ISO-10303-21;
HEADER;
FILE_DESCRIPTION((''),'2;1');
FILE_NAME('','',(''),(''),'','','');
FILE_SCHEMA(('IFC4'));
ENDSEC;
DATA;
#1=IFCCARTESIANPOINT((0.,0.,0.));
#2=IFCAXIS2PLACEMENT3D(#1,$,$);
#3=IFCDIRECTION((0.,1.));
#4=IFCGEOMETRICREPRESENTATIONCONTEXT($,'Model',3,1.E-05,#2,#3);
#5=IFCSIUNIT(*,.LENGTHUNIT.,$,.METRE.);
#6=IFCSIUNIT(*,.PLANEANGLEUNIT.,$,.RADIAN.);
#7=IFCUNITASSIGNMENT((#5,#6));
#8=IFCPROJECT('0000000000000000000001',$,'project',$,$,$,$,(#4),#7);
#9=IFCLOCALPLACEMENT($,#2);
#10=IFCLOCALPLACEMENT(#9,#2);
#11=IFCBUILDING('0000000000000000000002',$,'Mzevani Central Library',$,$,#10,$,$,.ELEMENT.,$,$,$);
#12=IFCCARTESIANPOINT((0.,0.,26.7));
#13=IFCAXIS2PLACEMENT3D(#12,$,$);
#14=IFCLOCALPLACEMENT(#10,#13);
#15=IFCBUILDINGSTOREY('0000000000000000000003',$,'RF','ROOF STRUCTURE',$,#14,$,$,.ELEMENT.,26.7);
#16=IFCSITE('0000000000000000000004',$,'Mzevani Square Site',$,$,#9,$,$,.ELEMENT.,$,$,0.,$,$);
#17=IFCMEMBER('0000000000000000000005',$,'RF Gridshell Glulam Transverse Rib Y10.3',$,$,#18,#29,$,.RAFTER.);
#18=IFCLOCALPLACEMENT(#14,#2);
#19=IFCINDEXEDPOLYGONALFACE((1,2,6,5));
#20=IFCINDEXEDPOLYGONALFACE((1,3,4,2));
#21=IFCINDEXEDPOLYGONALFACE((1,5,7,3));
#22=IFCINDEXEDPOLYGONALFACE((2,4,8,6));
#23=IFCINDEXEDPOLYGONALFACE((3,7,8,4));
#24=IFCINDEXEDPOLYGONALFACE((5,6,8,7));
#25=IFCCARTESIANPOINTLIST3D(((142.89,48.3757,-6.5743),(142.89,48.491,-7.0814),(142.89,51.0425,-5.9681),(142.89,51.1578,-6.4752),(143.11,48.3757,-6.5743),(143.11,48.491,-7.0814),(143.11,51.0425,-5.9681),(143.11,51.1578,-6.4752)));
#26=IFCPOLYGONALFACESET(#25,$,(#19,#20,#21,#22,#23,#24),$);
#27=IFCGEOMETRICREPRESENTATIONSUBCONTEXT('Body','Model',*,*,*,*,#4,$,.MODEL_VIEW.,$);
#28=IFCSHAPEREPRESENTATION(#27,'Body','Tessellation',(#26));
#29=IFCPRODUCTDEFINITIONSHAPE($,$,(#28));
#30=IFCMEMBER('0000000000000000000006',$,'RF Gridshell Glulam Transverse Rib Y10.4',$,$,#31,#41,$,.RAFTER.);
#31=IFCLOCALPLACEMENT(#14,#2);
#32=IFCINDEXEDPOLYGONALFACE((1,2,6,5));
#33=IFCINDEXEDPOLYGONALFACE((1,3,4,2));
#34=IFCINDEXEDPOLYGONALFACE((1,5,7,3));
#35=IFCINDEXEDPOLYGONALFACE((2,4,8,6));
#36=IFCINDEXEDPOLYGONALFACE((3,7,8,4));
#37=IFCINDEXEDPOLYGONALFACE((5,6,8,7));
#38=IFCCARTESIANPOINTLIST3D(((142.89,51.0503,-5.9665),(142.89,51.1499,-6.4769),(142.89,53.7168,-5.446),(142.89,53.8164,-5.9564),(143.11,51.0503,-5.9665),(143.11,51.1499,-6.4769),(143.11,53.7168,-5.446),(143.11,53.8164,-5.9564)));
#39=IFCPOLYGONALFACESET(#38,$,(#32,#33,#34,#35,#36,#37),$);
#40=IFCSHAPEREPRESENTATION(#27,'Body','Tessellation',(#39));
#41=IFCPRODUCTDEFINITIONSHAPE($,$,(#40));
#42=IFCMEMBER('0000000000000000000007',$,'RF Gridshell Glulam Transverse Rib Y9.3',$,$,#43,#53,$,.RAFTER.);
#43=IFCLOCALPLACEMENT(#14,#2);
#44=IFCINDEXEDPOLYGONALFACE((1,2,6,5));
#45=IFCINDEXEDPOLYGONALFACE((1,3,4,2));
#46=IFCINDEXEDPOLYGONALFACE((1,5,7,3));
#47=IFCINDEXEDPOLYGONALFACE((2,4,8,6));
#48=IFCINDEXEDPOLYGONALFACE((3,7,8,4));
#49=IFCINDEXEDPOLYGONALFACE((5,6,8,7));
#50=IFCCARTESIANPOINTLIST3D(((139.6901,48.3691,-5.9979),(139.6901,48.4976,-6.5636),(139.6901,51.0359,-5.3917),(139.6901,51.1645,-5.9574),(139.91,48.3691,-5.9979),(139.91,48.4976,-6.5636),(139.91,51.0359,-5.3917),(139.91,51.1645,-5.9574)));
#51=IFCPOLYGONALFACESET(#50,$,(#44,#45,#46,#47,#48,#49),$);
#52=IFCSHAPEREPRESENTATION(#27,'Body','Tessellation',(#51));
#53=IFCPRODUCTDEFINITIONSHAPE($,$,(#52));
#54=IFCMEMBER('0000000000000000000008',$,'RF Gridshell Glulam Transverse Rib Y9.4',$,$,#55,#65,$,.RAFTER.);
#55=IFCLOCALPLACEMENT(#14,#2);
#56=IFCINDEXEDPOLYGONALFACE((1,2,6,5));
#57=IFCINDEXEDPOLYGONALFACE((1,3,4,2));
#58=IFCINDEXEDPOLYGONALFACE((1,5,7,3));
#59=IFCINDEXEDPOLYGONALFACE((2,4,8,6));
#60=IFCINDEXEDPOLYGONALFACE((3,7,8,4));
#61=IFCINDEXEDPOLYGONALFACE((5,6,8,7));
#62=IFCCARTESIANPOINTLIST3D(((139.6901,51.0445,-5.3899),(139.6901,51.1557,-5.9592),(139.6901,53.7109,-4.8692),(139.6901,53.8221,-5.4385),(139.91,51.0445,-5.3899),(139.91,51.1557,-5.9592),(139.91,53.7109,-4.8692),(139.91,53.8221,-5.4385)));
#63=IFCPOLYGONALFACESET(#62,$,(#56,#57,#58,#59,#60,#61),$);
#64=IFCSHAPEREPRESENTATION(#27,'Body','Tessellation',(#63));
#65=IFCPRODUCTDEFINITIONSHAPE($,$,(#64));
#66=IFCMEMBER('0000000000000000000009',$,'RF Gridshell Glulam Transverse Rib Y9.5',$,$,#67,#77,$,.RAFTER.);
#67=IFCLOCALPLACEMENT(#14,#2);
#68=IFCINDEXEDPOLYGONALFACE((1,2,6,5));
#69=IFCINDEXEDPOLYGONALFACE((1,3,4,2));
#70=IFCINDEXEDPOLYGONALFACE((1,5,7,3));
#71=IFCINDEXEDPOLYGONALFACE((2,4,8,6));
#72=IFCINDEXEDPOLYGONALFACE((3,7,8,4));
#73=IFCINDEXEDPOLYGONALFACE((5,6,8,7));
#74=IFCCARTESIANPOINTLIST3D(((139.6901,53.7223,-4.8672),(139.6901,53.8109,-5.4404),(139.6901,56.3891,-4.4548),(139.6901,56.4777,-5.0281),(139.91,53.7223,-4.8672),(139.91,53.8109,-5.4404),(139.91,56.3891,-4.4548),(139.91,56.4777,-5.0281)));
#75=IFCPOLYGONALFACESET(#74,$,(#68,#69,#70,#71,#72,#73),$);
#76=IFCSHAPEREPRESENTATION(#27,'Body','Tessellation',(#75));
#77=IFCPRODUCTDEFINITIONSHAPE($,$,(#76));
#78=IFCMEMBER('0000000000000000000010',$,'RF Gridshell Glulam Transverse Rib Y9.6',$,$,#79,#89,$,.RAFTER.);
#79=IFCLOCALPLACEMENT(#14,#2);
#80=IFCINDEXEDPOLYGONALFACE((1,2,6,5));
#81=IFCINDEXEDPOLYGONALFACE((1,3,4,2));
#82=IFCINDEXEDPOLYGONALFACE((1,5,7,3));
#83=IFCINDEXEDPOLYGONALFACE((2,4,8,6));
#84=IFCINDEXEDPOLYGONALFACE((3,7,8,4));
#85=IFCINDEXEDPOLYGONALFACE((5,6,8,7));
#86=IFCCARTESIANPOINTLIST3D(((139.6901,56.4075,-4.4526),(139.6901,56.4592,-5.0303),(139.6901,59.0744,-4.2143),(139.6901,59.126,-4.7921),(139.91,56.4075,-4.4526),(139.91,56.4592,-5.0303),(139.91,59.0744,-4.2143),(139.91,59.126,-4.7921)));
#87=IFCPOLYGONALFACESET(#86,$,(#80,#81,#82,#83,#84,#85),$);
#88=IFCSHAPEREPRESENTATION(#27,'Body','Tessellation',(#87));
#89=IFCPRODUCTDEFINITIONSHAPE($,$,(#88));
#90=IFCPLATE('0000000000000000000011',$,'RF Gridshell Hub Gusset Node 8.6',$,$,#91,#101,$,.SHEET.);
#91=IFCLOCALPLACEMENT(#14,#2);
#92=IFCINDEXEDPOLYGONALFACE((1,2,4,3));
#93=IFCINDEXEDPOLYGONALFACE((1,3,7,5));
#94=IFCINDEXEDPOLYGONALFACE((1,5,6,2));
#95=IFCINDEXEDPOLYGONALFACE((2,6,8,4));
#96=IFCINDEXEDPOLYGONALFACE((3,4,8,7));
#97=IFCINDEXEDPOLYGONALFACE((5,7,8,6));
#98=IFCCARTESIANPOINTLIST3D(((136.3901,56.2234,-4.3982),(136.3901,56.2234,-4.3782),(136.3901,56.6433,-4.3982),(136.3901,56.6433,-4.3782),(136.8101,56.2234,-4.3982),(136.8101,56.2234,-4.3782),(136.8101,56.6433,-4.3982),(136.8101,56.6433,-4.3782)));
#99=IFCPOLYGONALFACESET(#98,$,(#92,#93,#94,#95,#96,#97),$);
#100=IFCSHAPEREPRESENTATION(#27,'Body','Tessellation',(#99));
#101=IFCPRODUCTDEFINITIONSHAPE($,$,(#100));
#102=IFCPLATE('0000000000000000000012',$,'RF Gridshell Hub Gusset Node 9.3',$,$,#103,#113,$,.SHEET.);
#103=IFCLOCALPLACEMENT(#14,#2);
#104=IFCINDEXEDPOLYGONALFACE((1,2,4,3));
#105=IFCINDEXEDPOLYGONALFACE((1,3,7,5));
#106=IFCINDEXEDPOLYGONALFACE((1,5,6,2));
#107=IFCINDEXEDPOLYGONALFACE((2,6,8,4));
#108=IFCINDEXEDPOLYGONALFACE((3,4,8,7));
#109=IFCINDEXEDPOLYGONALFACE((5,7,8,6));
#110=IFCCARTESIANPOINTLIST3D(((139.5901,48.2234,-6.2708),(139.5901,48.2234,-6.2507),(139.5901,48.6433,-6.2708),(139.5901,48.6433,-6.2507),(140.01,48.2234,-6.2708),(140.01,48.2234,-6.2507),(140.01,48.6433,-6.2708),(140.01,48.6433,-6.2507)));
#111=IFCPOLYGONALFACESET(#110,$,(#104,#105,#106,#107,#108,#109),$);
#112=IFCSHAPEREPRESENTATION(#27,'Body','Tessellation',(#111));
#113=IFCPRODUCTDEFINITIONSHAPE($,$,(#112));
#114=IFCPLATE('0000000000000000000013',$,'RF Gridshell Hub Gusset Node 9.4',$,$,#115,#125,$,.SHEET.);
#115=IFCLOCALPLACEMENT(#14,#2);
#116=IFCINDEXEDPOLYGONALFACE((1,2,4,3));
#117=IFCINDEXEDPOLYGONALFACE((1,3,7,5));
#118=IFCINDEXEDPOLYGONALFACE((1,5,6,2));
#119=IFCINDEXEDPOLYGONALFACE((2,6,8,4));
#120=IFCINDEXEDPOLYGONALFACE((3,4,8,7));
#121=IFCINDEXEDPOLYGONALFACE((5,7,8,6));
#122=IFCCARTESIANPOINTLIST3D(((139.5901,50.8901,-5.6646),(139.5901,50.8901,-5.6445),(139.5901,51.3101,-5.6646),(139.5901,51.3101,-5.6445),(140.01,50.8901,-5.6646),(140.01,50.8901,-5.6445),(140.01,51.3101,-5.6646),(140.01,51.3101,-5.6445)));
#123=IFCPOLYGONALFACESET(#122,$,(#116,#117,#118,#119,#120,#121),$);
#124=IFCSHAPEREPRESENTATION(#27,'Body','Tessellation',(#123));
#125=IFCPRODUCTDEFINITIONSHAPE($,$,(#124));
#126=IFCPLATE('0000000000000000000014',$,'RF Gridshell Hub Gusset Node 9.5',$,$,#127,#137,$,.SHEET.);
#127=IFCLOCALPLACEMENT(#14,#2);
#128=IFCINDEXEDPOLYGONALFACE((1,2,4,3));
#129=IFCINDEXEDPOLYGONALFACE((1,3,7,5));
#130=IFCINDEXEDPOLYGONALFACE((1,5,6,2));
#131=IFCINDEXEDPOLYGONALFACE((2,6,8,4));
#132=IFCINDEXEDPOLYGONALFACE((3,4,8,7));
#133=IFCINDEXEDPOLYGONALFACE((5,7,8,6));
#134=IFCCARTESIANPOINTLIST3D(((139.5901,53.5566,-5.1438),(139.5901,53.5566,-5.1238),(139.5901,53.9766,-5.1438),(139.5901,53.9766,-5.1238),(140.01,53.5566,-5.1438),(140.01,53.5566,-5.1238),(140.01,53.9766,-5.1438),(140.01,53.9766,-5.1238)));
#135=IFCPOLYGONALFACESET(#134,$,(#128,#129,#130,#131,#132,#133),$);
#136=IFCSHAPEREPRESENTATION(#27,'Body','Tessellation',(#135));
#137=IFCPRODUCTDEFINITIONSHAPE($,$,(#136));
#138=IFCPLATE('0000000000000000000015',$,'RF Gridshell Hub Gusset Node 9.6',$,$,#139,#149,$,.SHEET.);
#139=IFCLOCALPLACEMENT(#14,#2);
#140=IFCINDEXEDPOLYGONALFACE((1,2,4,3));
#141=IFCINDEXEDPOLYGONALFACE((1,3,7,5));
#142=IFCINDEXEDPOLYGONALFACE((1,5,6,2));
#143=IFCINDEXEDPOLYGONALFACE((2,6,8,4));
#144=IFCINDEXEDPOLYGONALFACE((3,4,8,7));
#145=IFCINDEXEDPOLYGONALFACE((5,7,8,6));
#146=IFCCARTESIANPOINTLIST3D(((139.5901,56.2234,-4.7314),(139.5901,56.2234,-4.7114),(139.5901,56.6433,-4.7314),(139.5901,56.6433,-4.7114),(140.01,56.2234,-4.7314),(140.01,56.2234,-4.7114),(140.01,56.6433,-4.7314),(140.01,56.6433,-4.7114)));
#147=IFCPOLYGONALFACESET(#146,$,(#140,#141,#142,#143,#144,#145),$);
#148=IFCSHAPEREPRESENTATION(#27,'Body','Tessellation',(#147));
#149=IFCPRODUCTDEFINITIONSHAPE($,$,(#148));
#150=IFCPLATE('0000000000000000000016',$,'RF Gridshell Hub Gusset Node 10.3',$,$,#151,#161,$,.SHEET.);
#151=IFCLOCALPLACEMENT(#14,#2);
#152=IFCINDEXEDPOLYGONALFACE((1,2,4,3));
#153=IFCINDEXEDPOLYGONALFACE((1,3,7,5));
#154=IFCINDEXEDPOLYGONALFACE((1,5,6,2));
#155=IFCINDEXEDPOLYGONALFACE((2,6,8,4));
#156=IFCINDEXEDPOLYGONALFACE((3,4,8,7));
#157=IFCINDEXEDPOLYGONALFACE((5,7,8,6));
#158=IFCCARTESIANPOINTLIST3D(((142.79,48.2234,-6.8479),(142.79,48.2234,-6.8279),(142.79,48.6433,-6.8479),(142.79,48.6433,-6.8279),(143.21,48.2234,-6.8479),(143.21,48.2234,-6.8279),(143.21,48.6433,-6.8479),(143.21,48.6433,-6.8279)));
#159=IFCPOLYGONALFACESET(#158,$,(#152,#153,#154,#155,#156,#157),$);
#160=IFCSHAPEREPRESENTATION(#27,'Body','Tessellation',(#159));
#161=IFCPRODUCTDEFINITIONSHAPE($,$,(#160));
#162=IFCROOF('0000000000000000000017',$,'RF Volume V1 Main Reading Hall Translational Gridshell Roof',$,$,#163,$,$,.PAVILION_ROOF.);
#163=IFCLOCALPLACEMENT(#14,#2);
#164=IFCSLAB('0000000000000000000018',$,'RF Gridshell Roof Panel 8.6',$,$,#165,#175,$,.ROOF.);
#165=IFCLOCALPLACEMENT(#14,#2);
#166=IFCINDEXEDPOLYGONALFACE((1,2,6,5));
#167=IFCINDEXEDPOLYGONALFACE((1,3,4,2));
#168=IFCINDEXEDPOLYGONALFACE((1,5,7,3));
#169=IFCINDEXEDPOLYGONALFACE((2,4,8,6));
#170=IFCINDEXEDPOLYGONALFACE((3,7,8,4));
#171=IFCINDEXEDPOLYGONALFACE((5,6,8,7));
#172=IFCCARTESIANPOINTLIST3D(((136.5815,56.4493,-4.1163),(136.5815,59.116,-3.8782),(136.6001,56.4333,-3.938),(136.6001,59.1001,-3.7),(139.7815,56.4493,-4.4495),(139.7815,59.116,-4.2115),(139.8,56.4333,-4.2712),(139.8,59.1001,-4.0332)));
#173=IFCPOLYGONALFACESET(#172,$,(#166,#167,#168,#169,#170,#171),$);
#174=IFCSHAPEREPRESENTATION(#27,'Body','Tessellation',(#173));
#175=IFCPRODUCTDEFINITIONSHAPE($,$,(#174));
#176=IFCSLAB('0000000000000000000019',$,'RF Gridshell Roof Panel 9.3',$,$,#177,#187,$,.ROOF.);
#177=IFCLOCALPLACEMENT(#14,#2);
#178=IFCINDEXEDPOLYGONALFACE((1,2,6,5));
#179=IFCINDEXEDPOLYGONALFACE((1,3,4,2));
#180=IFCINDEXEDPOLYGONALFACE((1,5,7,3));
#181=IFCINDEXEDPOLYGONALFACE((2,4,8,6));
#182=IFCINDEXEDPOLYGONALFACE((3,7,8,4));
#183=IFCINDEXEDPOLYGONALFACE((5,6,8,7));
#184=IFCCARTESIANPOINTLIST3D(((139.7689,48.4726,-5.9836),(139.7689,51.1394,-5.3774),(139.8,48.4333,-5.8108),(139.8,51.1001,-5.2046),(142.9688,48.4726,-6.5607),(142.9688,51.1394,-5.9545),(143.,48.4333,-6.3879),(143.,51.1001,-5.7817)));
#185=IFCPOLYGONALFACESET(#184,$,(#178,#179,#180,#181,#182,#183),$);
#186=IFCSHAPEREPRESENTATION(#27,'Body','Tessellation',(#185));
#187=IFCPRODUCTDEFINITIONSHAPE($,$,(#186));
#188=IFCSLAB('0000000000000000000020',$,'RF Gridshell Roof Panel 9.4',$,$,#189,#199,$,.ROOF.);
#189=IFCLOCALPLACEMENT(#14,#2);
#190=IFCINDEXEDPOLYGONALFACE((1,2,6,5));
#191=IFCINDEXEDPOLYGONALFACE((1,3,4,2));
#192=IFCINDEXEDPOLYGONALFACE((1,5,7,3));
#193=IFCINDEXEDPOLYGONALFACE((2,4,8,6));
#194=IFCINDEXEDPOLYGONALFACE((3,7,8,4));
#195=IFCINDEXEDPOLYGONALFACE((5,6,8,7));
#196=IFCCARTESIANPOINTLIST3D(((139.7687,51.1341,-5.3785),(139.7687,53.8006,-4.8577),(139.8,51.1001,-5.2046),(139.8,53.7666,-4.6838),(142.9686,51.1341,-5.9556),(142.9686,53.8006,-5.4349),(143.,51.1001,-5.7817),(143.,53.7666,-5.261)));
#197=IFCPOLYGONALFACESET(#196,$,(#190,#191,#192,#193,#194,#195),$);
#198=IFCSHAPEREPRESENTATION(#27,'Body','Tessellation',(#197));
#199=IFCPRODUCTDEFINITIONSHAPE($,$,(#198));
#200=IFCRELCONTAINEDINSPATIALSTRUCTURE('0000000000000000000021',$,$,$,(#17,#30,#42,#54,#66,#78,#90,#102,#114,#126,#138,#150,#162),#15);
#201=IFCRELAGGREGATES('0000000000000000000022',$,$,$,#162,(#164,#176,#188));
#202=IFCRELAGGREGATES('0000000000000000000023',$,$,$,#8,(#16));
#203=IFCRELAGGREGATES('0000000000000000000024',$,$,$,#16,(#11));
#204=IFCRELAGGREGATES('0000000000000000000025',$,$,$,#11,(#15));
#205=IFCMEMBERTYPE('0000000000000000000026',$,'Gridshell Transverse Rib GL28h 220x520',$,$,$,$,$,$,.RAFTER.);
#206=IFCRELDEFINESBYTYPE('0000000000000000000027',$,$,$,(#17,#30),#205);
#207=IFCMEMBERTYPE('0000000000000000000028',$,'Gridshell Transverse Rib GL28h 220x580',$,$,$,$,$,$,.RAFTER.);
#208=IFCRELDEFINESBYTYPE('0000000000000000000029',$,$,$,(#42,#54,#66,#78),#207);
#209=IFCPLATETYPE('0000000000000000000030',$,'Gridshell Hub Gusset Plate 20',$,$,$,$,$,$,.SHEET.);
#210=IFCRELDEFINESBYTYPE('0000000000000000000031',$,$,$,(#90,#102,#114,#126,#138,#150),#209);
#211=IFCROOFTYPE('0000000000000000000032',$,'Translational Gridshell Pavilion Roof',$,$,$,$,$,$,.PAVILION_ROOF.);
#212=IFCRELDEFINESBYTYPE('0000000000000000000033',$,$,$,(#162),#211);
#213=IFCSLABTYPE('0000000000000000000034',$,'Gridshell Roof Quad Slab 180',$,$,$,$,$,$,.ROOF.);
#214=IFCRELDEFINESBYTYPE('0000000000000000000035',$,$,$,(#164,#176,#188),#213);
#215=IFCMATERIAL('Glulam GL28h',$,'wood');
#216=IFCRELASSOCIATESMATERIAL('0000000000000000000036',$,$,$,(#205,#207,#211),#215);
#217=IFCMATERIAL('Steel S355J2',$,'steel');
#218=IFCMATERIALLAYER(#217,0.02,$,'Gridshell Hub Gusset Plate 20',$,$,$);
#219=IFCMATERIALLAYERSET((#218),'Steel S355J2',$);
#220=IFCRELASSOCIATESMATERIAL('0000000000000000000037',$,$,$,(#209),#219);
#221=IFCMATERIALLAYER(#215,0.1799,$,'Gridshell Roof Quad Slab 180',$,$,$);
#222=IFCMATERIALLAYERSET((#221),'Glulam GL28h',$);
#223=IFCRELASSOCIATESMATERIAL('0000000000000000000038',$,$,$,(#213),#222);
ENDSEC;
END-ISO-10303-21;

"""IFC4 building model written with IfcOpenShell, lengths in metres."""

from ifc_helpers import new_model, si_unit, direction, frame, origin, origin_2d, place, context, subcontext, project, spatial, polyline, rectangle, outline, extrude, material, layer, layer_set, material_profile, profile_set, type_object, element, aggregate, save


model = new_model("IFC4")

# Units and contexts
model_context = context("Model", 3, precision=1e-05, world=origin(), true_north=direction((0.0, 1.0)))
body_context = subcontext(model_context, "Body", "Model", "MODEL_VIEW")
ifc_project = project(units=[si_unit("LENGTHUNIT", "METRE"), si_unit("PLANEANGLEUNIT", "RADIAN")], contexts=[model_context])

# Site, building, storey
site_placement = place(None, origin())
site = spatial("IfcSite", under=ifc_project, at=site_placement, Name="Mzevani Square Site", CompositionType="ELEMENT", RefElevation=0.0)
building_placement = place(site_placement, origin())
building = spatial("IfcBuilding", under=site, at=building_placement, Name="Mzevani Central Library", CompositionType="ELEMENT")
storey_placement = place(building_placement, frame((0.0, 0.0, 26.7)))
storey = spatial("IfcBuildingStorey", under=building, at=storey_placement, Name="RF", Description="ROOF STRUCTURE", CompositionType="ELEMENT", Elevation=26.7)

# Members
ifc_material_1 = material(Name="Steel S355J2", Category="steel")
ifc_material_2 = material(Name="Glulam GL28h", Category="wood")
ifc_material_profile_1 = material_profile(ifc_material_2, rectangle(XDim=0.22, YDim=0.52, at=origin_2d()), Name="GL28h 220x520")
ifc_profile_set_1 = profile_set([ifc_material_profile_1], Name="Glulam GL28h")
member_type_1 = type_object("IfcMemberType", Name="Gridshell Transverse Rib GL28h 220x520", PredefinedType="RAFTER", material=ifc_profile_set_1)
member_1_placement = place(storey_placement, frame((143.0, 48.4333, -6.8279), z_axis=(0.0, 0.975123, 0.221664), x_axis=(-1.0, 0.0, 0.0)))
element("IfcMember", 1, at=member_1_placement, inside=storey, type_object=member_type_1, Name="RF Gridshell Glulam Transverse Rib Y10.3", PredefinedType="RAFTER", context=body_context, shape_type="SweptSolid", body=[
    extrude(rectangle(XDim=0.22, YDim=0.52, at=origin_2d()), origin(), (0.0, 0.0, 1.0), 2.7349),
])
member_2_placement = place(storey_placement, frame((143.0, 51.1001, -6.2217), z_axis=(0.0, 0.981476, 0.191586), x_axis=(-1.0, 0.0, 0.0)))
element("IfcMember", 2, at=member_2_placement, inside=storey, type_object=member_type_1, Name="RF Gridshell Glulam Transverse Rib Y10.4", PredefinedType="RAFTER", context=body_context, shape_type="SweptSolid", body=[
    extrude(rectangle(XDim=0.22, YDim=0.52, at=origin_2d()), origin(), (0.0, 0.0, 1.0), 2.7168),
])
ifc_material_profile_2 = material_profile(ifc_material_2, rectangle(XDim=0.22, YDim=0.5801, at=origin_2d()), Name="GL28h 220x580")
ifc_profile_set_2 = profile_set([ifc_material_profile_2], Name="Glulam GL28h")
member_type_2 = type_object("IfcMemberType", Name="Gridshell Transverse Rib GL28h 220x580", PredefinedType="RAFTER", material=ifc_profile_set_2)
member_3_placement = place(storey_placement, frame((139.8, 48.4333, -6.2808), z_axis=(0.0, 0.975123, 0.221664), x_axis=(-1.0, 0.0, 0.0)))
element("IfcMember", 3, at=member_3_placement, inside=storey, type_object=member_type_2, Name="RF Gridshell Glulam Transverse Rib Y9.3", PredefinedType="RAFTER", context=body_context, shape_type="SweptSolid", body=[
    extrude(rectangle(XDim=0.22, YDim=0.5801, at=origin_2d()), origin(), (0.0, 0.0, 1.0), 2.7349),
])
member_4_placement = place(storey_placement, frame((139.8, 51.1001, -5.6746), z_axis=(0.0, 0.981459, 0.191673), x_axis=(-1.0, 0.0, 0.0)))
element("IfcMember", 4, at=member_4_placement, inside=storey, type_object=member_type_2, Name="RF Gridshell Glulam Transverse Rib Y9.4", PredefinedType="RAFTER", context=body_context, shape_type="SweptSolid", body=[
    extrude(rectangle(XDim=0.22, YDim=0.5801, at=origin_2d()), origin(), (0.0, 0.0, 1.0), 2.7168),
])
member_5_placement = place(storey_placement, frame((139.8, 53.7666, -5.1538), z_axis=(0.0, 0.988255, 0.152812), x_axis=(-1.0, 0.0, 0.0)))
element("IfcMember", 5, at=member_5_placement, inside=storey, type_object=member_type_2, Name="RF Gridshell Glulam Transverse Rib Y9.5", PredefinedType="RAFTER", context=body_context, shape_type="SweptSolid", body=[
    extrude(rectangle(XDim=0.22, YDim=0.5801, at=origin_2d()), origin(), (0.0, 0.0, 1.0), 2.6985),
])
member_6_placement = place(storey_placement, frame((139.8, 56.4333, -4.7415), z_axis=(0.0, 0.996032, 0.088998), x_axis=(-1.0, 0.0, 0.0)))
element("IfcMember", 6, at=member_6_placement, inside=storey, type_object=member_type_2, Name="RF Gridshell Glulam Transverse Rib Y9.6", PredefinedType="RAFTER", context=body_context, shape_type="SweptSolid", body=[
    extrude(rectangle(XDim=0.22, YDim=0.5801, at=origin_2d()), origin(), (0.0, 0.0, 1.0), 2.6775),
])

# Plates
ifc_layer_1 = layer(ifc_material_1, 0.02, Name="Gridshell Hub Gusset Plate 20")
ifc_layer_set_1 = layer_set([ifc_layer_1], Name="Steel S355J2")
plate_type = type_object("IfcPlateType", Name="Gridshell Hub Gusset Plate 20", PredefinedType="SHEET", material=ifc_layer_set_1)
for number, where, z_axis, x_axis, name in (
    (7, (136.6001, 56.4333, -4.3982), (0.0, 0.0, 1.0), (1.0, 0.0, 0.0), "RF Gridshell Hub Gusset Node 8.6"),
    (8, (139.8, 48.4333, -6.2708), (0.0, 0.0, 1.0), (1.0, 0.0, 0.0), "RF Gridshell Hub Gusset Node 9.3"),
    (9, (139.8, 51.1001, -5.6646), (0.0, 0.0, 1.0), (1.0, 0.0, 0.0), "RF Gridshell Hub Gusset Node 9.4"),
    (10, (139.8, 53.7666, -5.1438), (0.0, 0.0, 1.0), (1.0, 0.0, 0.0), "RF Gridshell Hub Gusset Node 9.5"),
    (11, (139.8, 56.4333, -4.7314), (0.0, 0.0, 1.0), (1.0, 0.0, 0.0), "RF Gridshell Hub Gusset Node 9.6"),
    (12, (143.0, 48.4333, -6.8479), (0.0, 0.0, 1.0), (1.0, 0.0, 0.0), "RF Gridshell Hub Gusset Node 10.3"),
):
    element("IfcPlate", number, at=place(storey_placement, frame(where, z_axis=z_axis, x_axis=x_axis)), inside=storey, type_object=plate_type, Name=name, PredefinedType="SHEET", context=body_context, shape_type="SweptSolid", body=[
        extrude(rectangle(XDim=0.4199, YDim=0.4199, at=origin_2d()), origin(), (0.0, 0.0, 1.0), 0.02),
    ])

# Roof, slabs
roof_type = type_object("IfcRoofType", Name="Translational Gridshell Pavilion Roof", PredefinedType="PAVILION_ROOF", material=ifc_material_2)
roof_placement = place(storey_placement, origin())
roof = element("IfcRoof", 13, at=roof_placement, inside=storey, type_object=roof_type, Name="RF Volume V1 Main Reading Hall Translational Gridshell Roof", PredefinedType="PAVILION_ROOF")
ifc_layer_2 = layer(ifc_material_2, 0.1799, Name="Gridshell Roof Quad Slab 180")
ifc_layer_set_2 = layer_set([ifc_layer_2], Name="Glulam GL28h")
slab_type = type_object("IfcSlabType", Name="Gridshell Roof Quad Slab 180", PredefinedType="ROOF", material=ifc_layer_set_2)
slab_1_placement = place(storey_placement, frame((136.6001, 56.4333, -3.938), z_axis=(0.103177, -0.088433, 0.990724), x_axis=(0.994621, 0.0, -0.103583)))
slab_1 = element("IfcSlab", 14, at=slab_1_placement, type_object=slab_type, Name="RF Gridshell Roof Panel 8.6", PredefinedType="ROOF", context=body_context, shape_type="SweptSolid", body=[
    extrude(outline(polyline([(0.0, 0.0), (3.2173, 0.0), (3.1926, 2.6772), (-0.0247, 2.6772), (0.0, 0.0)])), origin(), (0.0, 0.0, -1.0), 0.1799),
])
slab_2_placement = place(storey_placement, frame((139.8, 48.4333, -5.8108), z_axis=(0.173216, -0.218313, 0.960383), x_axis=(0.984121, 0.0, -0.177498)))
slab_2 = element("IfcSlab", 15, at=slab_2_placement, type_object=slab_type, Name="RF Gridshell Roof Panel 9.3", PredefinedType="ROOF", context=body_context, shape_type="SweptSolid", body=[
    extrude(outline(polyline([(0.0, 0.0), (3.2516, 0.0), (3.144, 2.7327), (-0.1076, 2.7327), (0.0, 0.0)])), origin(), (0.0, 0.0, -1.0), 0.1799),
])
slab_3_placement = place(storey_placement, frame((139.8, 51.1001, -5.2046), z_axis=(0.174308, -0.188739, 0.966434), x_axis=(0.984121, 0.0, -0.177498)))
slab_3 = element("IfcSlab", 16, at=slab_3_placement, type_object=slab_type, Name="RF Gridshell Roof Panel 9.4", PredefinedType="ROOF", context=body_context, shape_type="SweptSolid", body=[
    extrude(outline(polyline([(0.0, 0.0), (3.2516, 0.0), (3.1592, 2.7153), (-0.0924, 2.7153), (0.0, 0.0)])), origin(), (0.0, 0.0, -1.0), 0.1799),
])
aggregate(roof, [slab_1, slab_2, slab_3])

save(model, "model.ifc")
